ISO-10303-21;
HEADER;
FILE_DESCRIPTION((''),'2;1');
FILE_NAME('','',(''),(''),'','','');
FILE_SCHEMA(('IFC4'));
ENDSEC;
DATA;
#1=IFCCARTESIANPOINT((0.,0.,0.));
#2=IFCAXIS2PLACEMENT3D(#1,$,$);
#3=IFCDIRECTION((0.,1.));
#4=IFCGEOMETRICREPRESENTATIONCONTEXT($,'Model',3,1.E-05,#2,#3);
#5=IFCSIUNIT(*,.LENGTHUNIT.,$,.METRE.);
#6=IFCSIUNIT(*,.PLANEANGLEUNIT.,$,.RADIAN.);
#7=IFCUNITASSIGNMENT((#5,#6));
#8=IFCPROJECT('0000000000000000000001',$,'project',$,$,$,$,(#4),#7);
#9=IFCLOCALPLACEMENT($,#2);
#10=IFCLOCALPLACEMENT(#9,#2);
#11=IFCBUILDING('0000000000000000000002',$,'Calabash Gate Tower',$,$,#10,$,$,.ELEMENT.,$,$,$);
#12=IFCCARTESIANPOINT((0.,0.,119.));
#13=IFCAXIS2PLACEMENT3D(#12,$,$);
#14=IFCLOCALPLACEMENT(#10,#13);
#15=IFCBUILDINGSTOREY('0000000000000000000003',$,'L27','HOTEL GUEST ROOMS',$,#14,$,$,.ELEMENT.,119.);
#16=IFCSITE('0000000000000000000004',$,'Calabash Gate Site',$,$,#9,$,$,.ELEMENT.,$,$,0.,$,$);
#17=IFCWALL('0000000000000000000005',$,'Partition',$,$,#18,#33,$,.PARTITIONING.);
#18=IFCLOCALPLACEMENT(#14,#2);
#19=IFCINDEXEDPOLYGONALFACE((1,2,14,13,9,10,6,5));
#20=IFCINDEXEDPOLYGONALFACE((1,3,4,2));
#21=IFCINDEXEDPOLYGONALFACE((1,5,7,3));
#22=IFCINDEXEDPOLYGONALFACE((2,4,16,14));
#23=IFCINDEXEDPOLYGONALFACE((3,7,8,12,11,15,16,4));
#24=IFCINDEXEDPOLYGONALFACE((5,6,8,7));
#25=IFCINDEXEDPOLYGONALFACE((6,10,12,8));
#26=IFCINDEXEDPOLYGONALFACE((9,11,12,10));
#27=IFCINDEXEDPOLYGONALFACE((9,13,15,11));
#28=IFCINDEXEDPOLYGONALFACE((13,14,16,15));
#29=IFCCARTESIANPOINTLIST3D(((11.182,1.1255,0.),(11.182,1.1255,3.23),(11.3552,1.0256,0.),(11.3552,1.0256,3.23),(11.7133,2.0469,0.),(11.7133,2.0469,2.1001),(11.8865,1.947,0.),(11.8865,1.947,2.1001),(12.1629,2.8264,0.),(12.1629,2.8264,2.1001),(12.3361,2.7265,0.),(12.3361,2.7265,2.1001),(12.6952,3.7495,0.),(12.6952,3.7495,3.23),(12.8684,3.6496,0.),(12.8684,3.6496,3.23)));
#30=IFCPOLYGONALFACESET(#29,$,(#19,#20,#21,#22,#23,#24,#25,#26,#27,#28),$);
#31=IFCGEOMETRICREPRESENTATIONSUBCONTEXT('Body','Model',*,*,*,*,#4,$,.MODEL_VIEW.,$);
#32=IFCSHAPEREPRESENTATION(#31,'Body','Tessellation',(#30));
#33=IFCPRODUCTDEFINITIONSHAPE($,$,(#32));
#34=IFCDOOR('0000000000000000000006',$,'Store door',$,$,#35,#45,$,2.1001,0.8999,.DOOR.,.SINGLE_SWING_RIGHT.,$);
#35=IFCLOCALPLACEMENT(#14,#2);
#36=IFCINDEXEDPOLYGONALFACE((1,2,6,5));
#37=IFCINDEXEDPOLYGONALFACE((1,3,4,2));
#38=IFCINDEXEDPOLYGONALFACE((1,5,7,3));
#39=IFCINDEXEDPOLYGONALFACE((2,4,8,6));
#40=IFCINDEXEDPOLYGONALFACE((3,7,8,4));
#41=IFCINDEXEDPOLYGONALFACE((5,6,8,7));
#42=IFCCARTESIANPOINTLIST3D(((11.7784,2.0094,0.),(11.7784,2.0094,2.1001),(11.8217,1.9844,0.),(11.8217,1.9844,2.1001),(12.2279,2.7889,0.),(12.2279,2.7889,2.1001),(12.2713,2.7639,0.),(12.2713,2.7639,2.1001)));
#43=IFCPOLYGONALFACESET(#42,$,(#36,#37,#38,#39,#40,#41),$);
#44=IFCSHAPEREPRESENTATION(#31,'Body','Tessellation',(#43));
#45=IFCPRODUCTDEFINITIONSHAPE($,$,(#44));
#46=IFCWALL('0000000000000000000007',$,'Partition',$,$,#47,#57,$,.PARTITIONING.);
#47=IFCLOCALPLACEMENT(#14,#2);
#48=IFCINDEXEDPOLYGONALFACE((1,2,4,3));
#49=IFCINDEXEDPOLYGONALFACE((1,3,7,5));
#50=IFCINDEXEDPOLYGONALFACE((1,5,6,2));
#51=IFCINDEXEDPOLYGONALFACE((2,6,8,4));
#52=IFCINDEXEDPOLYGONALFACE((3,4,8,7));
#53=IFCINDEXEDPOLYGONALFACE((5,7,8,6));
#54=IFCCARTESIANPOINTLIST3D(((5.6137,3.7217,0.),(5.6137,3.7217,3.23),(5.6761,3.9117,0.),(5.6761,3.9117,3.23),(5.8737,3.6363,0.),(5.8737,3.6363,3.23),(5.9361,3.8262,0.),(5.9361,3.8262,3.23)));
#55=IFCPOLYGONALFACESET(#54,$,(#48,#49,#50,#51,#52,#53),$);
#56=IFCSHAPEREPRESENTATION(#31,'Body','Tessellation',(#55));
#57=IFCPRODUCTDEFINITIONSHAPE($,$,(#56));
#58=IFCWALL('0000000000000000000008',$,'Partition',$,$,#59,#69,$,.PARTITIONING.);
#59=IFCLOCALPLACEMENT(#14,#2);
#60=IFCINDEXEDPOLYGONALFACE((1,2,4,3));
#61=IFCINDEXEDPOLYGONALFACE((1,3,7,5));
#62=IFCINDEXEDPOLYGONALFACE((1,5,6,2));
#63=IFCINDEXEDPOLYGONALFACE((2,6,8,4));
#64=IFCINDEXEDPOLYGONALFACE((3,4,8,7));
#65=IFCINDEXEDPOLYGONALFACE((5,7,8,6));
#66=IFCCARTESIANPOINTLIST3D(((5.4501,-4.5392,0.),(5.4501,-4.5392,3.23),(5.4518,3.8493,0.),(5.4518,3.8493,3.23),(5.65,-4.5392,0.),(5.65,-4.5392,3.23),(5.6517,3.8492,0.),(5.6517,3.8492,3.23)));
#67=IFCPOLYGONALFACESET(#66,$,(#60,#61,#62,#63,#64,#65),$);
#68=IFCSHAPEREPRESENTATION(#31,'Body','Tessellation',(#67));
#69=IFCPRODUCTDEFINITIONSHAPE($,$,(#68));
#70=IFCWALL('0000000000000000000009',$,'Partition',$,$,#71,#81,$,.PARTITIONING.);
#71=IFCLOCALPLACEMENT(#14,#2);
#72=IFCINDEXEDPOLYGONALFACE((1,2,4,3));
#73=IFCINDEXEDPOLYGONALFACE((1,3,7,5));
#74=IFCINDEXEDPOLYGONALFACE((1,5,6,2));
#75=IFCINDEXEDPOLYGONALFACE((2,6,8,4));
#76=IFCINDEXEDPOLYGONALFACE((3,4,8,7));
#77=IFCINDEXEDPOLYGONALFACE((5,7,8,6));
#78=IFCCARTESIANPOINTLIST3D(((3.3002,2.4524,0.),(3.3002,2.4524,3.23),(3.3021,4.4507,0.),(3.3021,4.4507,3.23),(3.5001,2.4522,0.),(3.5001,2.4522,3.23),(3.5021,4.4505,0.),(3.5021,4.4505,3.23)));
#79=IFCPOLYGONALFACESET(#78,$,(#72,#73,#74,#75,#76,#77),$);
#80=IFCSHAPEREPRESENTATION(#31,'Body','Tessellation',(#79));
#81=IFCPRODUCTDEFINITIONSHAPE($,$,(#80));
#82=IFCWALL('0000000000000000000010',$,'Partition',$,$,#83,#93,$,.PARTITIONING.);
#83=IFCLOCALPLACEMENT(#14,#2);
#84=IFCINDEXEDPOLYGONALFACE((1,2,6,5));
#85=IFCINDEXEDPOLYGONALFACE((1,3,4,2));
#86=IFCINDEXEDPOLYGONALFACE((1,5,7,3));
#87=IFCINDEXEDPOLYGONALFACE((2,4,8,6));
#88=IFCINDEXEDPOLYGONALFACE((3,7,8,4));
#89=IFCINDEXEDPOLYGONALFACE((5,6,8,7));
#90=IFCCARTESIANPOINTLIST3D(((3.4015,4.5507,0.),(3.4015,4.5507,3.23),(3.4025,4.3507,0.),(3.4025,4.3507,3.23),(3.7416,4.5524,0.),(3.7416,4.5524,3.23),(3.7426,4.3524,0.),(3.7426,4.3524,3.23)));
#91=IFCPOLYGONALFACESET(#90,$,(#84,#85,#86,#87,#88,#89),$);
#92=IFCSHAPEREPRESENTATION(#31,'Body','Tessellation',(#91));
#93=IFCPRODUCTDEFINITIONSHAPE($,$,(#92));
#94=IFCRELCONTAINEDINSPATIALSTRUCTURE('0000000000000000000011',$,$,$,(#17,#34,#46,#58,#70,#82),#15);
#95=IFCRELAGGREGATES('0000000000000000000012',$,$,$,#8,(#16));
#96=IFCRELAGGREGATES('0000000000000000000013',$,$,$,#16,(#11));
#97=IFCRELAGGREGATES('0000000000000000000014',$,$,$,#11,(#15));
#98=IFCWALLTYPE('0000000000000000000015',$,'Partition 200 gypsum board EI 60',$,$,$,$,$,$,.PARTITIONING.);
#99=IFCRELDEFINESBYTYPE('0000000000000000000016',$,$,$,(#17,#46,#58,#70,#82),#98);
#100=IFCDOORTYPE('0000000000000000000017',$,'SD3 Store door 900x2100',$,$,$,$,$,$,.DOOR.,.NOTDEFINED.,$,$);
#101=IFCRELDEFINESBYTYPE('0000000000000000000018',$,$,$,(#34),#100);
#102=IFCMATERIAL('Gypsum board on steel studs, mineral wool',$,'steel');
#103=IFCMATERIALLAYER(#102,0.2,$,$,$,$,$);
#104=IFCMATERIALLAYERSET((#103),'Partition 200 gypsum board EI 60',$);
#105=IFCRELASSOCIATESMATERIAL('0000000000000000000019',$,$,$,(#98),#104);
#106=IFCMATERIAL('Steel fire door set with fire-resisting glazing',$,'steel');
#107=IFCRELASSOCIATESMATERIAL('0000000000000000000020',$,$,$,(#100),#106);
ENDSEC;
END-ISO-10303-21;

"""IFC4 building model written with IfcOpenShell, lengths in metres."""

from ifc_helpers import new_model, si_unit, direction, frame, frame_2d, origin, place, context, subcontext, project, spatial, rectangle, extrude, material, layer, layer_set, type_object, element, fill, save


model = new_model("IFC4")

# Units and contexts
model_context = context("Model", 3, precision=1e-05, world=origin(), true_north=direction((0.0, 1.0)))
body_context = subcontext(model_context, "Body", "Model", "MODEL_VIEW")
ifc_project = project(units=[si_unit("LENGTHUNIT", "METRE"), si_unit("PLANEANGLEUNIT", "RADIAN")], contexts=[model_context])

# Site, building, storey
site_placement = place(None, origin())
site = spatial("IfcSite", under=ifc_project, at=site_placement, Name="Calabash Gate Site", CompositionType="ELEMENT", RefElevation=0.0)
building_placement = place(site_placement, origin())
building = spatial("IfcBuilding", under=site, at=building_placement, Name="Calabash Gate Tower", CompositionType="ELEMENT")
storey_placement = place(building_placement, frame((0.0, 0.0, 119.0)))
storey = spatial("IfcBuildingStorey", under=building, at=storey_placement, Name="L27", Description="HOTEL GUEST ROOMS", CompositionType="ELEMENT", Elevation=119.0)

# Shared definitions
ifc_material_1 = material(Name="Gypsum board on steel studs, mineral wool", Category="steel")
ifc_layer_1 = layer(ifc_material_1, 0.2)
ifc_layer_set_1 = layer_set([ifc_layer_1], Name="Partition 200 gypsum board EI 60")
wall_type_1 = type_object("IfcWallType", Name="Partition 200 gypsum board EI 60", PredefinedType="PARTITIONING", material=ifc_layer_set_1)

# Wall, opening, door
wall_1_placement = place(storey_placement, frame((11.2686, 1.0754, 0.0), z_axis=(0.0, 0.0, 1.0), x_axis=(0.499555, 0.866282, 0.0)))
wall_1 = element("IfcWall", 1, at=wall_1_placement, inside=storey, type_object=wall_type_1, Name="Partition", PredefinedType="PARTITIONING", context=body_context, shape_type="SweptSolid", body=[
    extrude(rectangle(XDim=3.0291, YDim=0.2, at=frame_2d((1.5146, 0.0))), origin(), (0.0, 0.0, 1.0), 3.23),
])
opening_1_placement = place(wall_1_placement, frame((1.0637, 0.0, 0.0)))
opening_1 = element("IfcOpeningElement", 2, at=opening_1_placement, cuts=wall_1, PredefinedType="OPENING", context=body_context, shape_type="SweptSolid", body=[
    extrude(rectangle(XDim=0.8999, YDim=2.1001, at=frame_2d((0.45, 1.05))), frame((0.0, 0.1099, 0.0), z_axis=(0.0, -1.0, 0.0), x_axis=(1.0, 0.0, 0.0)), (0.0, 0.0, 1.0), 0.22),
])
ifc_material_2 = material(Name="Steel fire door set with fire-resisting glazing", Category="steel")
door_type_1 = type_object("IfcDoorType", Name="SD3 Store door 900x2100", OperationType="NOTDEFINED", PredefinedType="DOOR", material=ifc_material_2)
door_1_placement = place(opening_1_placement, origin())
door_1 = element("IfcDoor", 3, at=door_1_placement, inside=storey, type_object=door_type_1, Name="Store door", OperationType="SINGLE_SWING_RIGHT", OverallHeight=2.1001, OverallWidth=0.8999, PredefinedType="DOOR", context=body_context, shape_type="SweptSolid", body=[
    extrude(rectangle(XDim=0.8999, YDim=2.1001, at=frame_2d((0.45, 1.05))), frame((0.0, 0.0249, 0.0), z_axis=(0.0, -1.0, 0.0), x_axis=(1.0, 0.0, 0.0)), (0.0, 0.0, 1.0), 0.05),
])
fill(opening_1, door_1)

# Walls
wall_2_placement = place(storey_placement, frame((5.645, 3.8167, 0.0), z_axis=(0.0, 0.0, 1.0), x_axis=(0.950013, -0.312211, 0.0)))
element("IfcWall", 4, at=wall_2_placement, inside=storey, type_object=wall_type_1, Name="Partition", PredefinedType="PARTITIONING", context=body_context, shape_type="SweptSolid", body=[
    extrude(rectangle(XDim=0.2737, YDim=0.2, at=frame_2d((0.1367, 0.0))), origin(), (0.0, 0.0, 1.0), 3.23),
])
wall_3_placement = place(storey_placement, frame((5.55, -4.5393, 0.0), z_axis=(0.0, 0.0, 1.0), x_axis=(0.000204, 1.0, 0.0)))
element("IfcWall", 5, at=wall_3_placement, inside=storey, type_object=wall_type_1, Name="Partition", PredefinedType="PARTITIONING", context=body_context, shape_type="SweptSolid", body=[
    extrude(rectangle(XDim=8.3884, YDim=0.2, at=frame_2d((4.1943, 0.0))), origin(), (0.0, 0.0, 1.0), 3.23),
])
wall_4_placement = place(storey_placement, frame((3.4001, 2.4524, 0.0), z_axis=(0.0, 0.0, 1.0), x_axis=(0.000977, 1.0, 0.0)))
element("IfcWall", 6, at=wall_4_placement, inside=storey, type_object=wall_type_1, Name="Partition", PredefinedType="PARTITIONING", context=body_context, shape_type="SweptSolid", body=[
    extrude(rectangle(XDim=1.9983, YDim=0.2, at=frame_2d((0.999, 0.0))), origin(), (0.0, 0.0, 1.0), 3.23),
])
wall_5_placement = place(storey_placement, frame((3.4021, 4.4507, 0.0), z_axis=(0.0, 0.0, 1.0), x_axis=(0.999987, 0.005025, 0.0)))
element("IfcWall", 7, at=wall_5_placement, inside=storey, type_object=wall_type_1, Name="Partition", PredefinedType="PARTITIONING", context=body_context, shape_type="SweptSolid", body=[
    extrude(rectangle(XDim=0.3401, YDim=0.2, at=frame_2d((0.1699, 0.0))), origin(), (0.0, 0.0, 1.0), 3.23),
])

save(model, "model.ifc")
